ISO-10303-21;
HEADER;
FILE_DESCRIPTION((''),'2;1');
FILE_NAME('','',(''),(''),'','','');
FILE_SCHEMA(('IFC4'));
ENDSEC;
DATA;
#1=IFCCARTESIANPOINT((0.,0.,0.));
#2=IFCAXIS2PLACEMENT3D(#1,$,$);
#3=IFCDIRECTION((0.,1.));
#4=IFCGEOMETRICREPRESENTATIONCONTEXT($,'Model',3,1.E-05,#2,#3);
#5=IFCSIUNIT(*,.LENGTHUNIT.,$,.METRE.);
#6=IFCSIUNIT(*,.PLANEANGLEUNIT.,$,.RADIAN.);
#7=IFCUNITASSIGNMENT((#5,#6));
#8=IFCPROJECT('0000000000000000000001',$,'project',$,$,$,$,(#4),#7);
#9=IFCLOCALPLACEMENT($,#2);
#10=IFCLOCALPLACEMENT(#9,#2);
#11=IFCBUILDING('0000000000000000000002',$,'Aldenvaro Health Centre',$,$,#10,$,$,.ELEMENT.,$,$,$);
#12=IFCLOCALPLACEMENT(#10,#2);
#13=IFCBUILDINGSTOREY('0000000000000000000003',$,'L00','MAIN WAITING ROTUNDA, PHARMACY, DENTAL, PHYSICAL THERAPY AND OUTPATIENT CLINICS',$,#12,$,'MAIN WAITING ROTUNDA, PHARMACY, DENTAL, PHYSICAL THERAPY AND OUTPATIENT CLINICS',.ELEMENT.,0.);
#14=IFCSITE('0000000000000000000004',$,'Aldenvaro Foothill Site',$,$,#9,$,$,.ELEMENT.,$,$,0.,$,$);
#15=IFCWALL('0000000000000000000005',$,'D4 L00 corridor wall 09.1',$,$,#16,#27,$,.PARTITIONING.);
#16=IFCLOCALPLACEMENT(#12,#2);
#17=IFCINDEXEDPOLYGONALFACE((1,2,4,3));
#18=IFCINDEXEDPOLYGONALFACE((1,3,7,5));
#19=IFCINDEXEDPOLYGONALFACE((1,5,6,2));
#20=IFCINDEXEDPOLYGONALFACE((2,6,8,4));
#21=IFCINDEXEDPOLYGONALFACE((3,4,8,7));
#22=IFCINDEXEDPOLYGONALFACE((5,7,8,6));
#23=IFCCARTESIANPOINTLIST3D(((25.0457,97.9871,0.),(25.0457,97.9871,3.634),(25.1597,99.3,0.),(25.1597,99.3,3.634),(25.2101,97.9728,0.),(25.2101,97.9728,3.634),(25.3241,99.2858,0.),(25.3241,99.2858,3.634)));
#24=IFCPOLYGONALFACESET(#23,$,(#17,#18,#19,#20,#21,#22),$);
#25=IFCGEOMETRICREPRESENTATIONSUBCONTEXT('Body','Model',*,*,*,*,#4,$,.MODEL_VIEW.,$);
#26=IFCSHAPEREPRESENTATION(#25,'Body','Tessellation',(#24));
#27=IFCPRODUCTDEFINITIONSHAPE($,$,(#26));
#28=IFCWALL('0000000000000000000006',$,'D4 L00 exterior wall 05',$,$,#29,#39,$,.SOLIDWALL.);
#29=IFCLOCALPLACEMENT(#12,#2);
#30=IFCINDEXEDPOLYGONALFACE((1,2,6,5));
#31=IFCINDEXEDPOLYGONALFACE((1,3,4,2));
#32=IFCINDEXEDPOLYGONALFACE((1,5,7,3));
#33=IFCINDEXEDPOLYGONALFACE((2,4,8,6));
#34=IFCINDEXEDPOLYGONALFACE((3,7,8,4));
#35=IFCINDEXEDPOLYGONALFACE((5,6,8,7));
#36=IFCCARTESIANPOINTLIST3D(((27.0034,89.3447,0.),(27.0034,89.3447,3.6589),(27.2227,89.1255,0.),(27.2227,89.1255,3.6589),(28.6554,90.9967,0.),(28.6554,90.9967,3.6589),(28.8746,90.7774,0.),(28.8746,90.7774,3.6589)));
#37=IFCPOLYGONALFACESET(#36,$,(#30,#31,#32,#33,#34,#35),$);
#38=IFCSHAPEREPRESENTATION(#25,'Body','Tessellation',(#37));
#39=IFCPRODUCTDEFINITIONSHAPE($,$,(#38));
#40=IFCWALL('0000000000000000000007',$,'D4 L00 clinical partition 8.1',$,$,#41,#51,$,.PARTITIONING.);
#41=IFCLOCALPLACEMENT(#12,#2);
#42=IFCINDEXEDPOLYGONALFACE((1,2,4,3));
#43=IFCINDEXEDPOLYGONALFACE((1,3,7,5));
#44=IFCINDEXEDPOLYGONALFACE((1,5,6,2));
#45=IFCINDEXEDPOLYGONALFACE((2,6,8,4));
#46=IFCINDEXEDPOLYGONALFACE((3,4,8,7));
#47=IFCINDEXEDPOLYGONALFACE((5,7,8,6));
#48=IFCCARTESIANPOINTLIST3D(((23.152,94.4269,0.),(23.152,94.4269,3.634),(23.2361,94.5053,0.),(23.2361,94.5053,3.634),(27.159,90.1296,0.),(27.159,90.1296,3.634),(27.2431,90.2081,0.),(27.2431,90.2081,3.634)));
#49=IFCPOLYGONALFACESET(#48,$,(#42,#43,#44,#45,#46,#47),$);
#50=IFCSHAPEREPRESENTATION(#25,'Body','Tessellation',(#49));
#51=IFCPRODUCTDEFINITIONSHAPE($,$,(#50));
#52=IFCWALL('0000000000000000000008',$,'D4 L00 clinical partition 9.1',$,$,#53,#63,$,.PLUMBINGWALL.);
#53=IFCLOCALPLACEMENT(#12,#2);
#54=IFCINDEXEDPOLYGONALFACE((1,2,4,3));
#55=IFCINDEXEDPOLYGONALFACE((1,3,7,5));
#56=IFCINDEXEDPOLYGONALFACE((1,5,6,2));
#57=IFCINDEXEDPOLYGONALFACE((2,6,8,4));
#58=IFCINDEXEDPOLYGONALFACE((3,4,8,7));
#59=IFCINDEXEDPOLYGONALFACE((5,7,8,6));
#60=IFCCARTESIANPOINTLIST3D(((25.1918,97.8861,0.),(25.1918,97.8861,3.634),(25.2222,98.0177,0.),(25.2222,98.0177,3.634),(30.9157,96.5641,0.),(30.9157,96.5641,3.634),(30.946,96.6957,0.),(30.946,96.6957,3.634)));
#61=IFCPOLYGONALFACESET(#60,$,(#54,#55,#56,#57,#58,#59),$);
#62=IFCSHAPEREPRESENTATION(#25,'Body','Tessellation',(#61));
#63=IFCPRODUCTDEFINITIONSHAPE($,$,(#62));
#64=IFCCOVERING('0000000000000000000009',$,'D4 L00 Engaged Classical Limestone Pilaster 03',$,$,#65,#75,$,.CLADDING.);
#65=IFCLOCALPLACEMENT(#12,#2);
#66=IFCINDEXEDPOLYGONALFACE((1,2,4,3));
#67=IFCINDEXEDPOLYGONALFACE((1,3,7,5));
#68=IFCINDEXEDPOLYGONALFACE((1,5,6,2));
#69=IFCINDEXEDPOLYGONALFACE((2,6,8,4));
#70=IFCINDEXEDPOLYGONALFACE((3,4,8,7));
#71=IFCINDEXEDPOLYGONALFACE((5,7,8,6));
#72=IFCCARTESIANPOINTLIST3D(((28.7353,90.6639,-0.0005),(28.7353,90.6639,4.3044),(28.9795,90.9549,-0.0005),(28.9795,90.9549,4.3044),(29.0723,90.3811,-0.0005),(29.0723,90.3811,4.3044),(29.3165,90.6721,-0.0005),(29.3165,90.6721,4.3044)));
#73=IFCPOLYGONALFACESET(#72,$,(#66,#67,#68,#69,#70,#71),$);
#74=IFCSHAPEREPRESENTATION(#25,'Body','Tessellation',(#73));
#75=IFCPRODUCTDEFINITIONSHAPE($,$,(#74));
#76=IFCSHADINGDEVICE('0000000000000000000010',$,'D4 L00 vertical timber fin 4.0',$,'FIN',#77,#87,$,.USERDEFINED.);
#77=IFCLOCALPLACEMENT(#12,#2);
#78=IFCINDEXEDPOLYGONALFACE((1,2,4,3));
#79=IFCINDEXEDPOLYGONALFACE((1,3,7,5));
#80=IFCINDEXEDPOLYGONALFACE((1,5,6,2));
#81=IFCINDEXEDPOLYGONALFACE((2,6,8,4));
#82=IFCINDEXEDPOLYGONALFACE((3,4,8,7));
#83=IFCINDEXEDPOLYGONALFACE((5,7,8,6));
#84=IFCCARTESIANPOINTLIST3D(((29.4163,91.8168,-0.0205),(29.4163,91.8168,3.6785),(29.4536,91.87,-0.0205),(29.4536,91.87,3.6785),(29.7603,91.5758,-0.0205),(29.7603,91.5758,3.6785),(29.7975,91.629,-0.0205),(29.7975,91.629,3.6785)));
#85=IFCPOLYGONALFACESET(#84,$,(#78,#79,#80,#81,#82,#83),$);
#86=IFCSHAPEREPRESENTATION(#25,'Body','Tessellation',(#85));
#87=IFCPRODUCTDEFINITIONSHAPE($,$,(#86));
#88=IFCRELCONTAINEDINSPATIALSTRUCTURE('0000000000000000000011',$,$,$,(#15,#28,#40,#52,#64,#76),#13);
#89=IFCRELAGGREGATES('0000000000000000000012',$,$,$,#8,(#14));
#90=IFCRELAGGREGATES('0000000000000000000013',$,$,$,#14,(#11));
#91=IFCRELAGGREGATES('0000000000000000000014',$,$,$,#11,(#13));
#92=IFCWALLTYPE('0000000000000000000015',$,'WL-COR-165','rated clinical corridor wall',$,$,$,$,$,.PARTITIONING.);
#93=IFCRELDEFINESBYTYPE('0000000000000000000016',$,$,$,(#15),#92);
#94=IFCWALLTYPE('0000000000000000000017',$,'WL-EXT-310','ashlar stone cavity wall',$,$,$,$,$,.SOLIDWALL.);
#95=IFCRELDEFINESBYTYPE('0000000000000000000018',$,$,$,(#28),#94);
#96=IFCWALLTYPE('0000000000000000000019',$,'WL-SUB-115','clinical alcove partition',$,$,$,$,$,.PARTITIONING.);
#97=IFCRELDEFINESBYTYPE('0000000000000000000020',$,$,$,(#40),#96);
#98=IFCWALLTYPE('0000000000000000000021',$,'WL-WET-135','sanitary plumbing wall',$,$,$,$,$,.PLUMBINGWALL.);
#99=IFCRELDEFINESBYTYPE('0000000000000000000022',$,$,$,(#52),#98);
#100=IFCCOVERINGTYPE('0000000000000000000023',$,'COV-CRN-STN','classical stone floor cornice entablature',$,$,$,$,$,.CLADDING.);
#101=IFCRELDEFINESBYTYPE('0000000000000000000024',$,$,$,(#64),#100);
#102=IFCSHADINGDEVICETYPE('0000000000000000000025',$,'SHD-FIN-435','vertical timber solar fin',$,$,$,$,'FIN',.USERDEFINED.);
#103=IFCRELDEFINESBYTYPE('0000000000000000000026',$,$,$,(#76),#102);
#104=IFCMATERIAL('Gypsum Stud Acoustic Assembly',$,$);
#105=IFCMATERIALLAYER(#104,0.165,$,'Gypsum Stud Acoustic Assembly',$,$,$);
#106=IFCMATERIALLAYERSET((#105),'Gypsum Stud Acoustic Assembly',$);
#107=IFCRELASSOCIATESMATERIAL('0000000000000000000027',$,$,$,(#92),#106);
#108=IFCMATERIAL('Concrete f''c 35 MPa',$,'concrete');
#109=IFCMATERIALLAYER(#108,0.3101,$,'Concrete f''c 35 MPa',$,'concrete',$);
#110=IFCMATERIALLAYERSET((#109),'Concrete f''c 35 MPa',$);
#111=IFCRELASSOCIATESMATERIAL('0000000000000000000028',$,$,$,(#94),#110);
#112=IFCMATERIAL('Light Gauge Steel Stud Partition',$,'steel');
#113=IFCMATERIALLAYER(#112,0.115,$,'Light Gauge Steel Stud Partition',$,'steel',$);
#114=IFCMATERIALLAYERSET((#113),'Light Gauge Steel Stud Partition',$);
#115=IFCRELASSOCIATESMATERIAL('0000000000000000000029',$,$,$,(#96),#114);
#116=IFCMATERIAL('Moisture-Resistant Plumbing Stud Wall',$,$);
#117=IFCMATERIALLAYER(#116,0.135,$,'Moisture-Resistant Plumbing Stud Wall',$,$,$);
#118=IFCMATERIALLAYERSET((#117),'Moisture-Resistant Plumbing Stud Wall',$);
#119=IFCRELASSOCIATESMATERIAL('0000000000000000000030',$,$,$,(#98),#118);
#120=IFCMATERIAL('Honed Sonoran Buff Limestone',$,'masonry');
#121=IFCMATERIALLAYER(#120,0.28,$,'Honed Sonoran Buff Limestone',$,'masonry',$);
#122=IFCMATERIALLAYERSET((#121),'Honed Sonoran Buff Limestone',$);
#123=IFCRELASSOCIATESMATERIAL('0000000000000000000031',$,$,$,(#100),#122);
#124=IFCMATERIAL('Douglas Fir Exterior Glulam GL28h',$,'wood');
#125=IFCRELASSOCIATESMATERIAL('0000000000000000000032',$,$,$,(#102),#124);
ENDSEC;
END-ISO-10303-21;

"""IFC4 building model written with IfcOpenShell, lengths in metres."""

from ifc_helpers import new_model, si_unit, direction, frame, frame_2d, origin, origin_2d, place, context, subcontext, project, spatial, rectangle, extrude, material, layer, layer_set, type_object, element, save


model = new_model("IFC4")

# Units and contexts
model_context = context("Model", 3, precision=1e-05, world=origin(), true_north=direction((0.0, 1.0)))
body_context = subcontext(model_context, "Body", "Model", "MODEL_VIEW")
ifc_project = project(units=[si_unit("LENGTHUNIT", "METRE"), si_unit("PLANEANGLEUNIT", "RADIAN")], contexts=[model_context])

# Site, building, storey
site_placement = place(None, origin())
site = spatial("IfcSite", under=ifc_project, at=site_placement, Name="Aldenvaro Foothill Site", CompositionType="ELEMENT", RefElevation=0.0)
building_placement = place(site_placement, origin())
building = spatial("IfcBuilding", under=site, at=building_placement, Name="Aldenvaro Health Centre", CompositionType="ELEMENT")
storey_placement = place(building_placement, origin())
storey = spatial("IfcBuildingStorey", under=building, at=storey_placement, Name="L00", Description="MAIN WAITING ROTUNDA, PHARMACY, DENTAL, PHYSICAL THERAPY AND OUTPATIENT CLINICS", LongName="MAIN WAITING ROTUNDA, PHARMACY, DENTAL, PHYSICAL THERAPY AND OUTPATIENT CLINICS", CompositionType="ELEMENT", Elevation=0.0)

# Shared definitions
ifc_material_1 = material(Name="Gypsum Stud Acoustic Assembly")
ifc_layer_1 = layer(ifc_material_1, 0.165, Name="Gypsum Stud Acoustic Assembly")
ifc_layer_set_1 = layer_set([ifc_layer_1], Name="Gypsum Stud Acoustic Assembly")
wall_type_1 = type_object("IfcWallType", Name="WL-COR-165", Description="rated clinical corridor wall", PredefinedType="PARTITIONING", material=ifc_layer_set_1)

# Walls
wall_1_placement = place(storey_placement, frame((25.1279, 97.98, 0.0), z_axis=(0.0, 0.0, 1.0), x_axis=(0.08651, 0.996251, 0.0)))
element("IfcWall", 1, at=wall_1_placement, inside=storey, type_object=wall_type_1, Name="D4 L00 corridor wall 09.1", PredefinedType="PARTITIONING", context=body_context, shape_type="SweptSolid", body=[
    extrude(rectangle(XDim=1.3179, YDim=0.165, at=frame_2d((0.6589, 0.0))), origin(), (0.0, 0.0, 1.0), 3.634),
])
ifc_material_2 = material(Name="Concrete f'c 35 MPa", Category="concrete")
ifc_layer_2 = layer(ifc_material_2, 0.3101, Name="Concrete f'c 35 MPa", Category="concrete")
ifc_layer_set_2 = layer_set([ifc_layer_2], Name="Concrete f'c 35 MPa")
wall_type_2 = type_object("IfcWallType", Name="WL-EXT-310", Description="ashlar stone cavity wall", PredefinedType="SOLIDWALL", material=ifc_layer_set_2)
wall_2_placement = place(storey_placement, frame((28.7649, 90.887, 0.0), z_axis=(0.0, 0.0, 1.0), x_axis=(-0.707107, -0.707107, 0.0)))
element("IfcWall", 2, at=wall_2_placement, inside=storey, type_object=wall_type_2, Name="D4 L00 exterior wall 05", PredefinedType="SOLIDWALL", context=body_context, shape_type="SweptSolid", body=[
    extrude(rectangle(XDim=2.3362, YDim=0.3101, at=frame_2d((1.168, 0.0))), origin(), (0.0, 0.0, 1.0), 3.6589),
])
ifc_material_3 = material(Name="Light Gauge Steel Stud Partition", Category="steel")
ifc_layer_3 = layer(ifc_material_3, 0.115, Name="Light Gauge Steel Stud Partition", Category="steel")
ifc_layer_set_3 = layer_set([ifc_layer_3], Name="Light Gauge Steel Stud Partition")
wall_type_3 = type_object("IfcWallType", Name="WL-SUB-115", Description="clinical alcove partition", PredefinedType="PARTITIONING", material=ifc_layer_set_3)
wall_3_placement = place(storey_placement, frame((23.1941, 94.4661, 0.0), z_axis=(0.0, 0.0, 1.0), x_axis=(0.681972, -0.731379, 0.0)))
element("IfcWall", 3, at=wall_3_placement, inside=storey, type_object=wall_type_3, Name="D4 L00 clinical partition 8.1", PredefinedType="PARTITIONING", context=body_context, shape_type="SweptSolid", body=[
    extrude(rectangle(XDim=5.8755, YDim=0.115, at=frame_2d((2.9377, 0.0))), origin(), (0.0, 0.0, 1.0), 3.634),
])
ifc_material_4 = material(Name="Moisture-Resistant Plumbing Stud Wall")
ifc_layer_4 = layer(ifc_material_4, 0.135, Name="Moisture-Resistant Plumbing Stud Wall")
ifc_layer_set_4 = layer_set([ifc_layer_4], Name="Moisture-Resistant Plumbing Stud Wall")
wall_type_4 = type_object("IfcWallType", Name="WL-WET-135", Description="sanitary plumbing wall", PredefinedType="PLUMBINGWALL", material=ifc_layer_set_4)
wall_4_placement = place(storey_placement, frame((25.207, 97.9519, 0.0), z_axis=(0.0, 0.0, 1.0), x_axis=(0.974349, -0.225042, 0.0)))
element("IfcWall", 4, at=wall_4_placement, inside=storey, type_object=wall_type_4, Name="D4 L00 clinical partition 9.1", PredefinedType="PLUMBINGWALL", context=body_context, shape_type="SweptSolid", body=[
    extrude(rectangle(XDim=5.8745, YDim=0.135, at=frame_2d((2.9373, 0.0))), origin(), (0.0, 0.0, 1.0), 3.634),
])

# Covering
ifc_material_5 = material(Name="Honed Sonoran Buff Limestone", Category="masonry")
ifc_layer_5 = layer(ifc_material_5, 0.28, Name="Honed Sonoran Buff Limestone", Category="masonry")
ifc_layer_set_5 = layer_set([ifc_layer_5], Name="Honed Sonoran Buff Limestone")
covering_type = type_object("IfcCoveringType", Name="COV-CRN-STN", Description="classical stone floor cornice entablature", PredefinedType="CLADDING", material=ifc_layer_set_5)
covering_placement = place(storey_placement, frame((29.0259, 90.668, -0.0005), z_axis=(0.0, 0.0, 1.0), x_axis=(0.766058, -0.642772, 0.0)))
element("IfcCovering", 5, at=covering_placement, inside=storey, type_object=covering_type, Name="D4 L00 Engaged Classical Limestone Pilaster 03", PredefinedType="CLADDING", context=body_context, shape_type="SweptSolid", body=[
    extrude(rectangle(XDim=0.4399, YDim=0.3799, at=origin_2d()), origin(), (0.0, 0.0, 1.0), 4.3049),
])

# Shading device
ifc_material_6 = material(Name="Douglas Fir Exterior Glulam GL28h", Category="wood")
shading_device_type = type_object("IfcShadingDeviceType", Name="SHD-FIN-435", Description="vertical timber solar fin", ElementType="FIN", PredefinedType="USERDEFINED", material=ifc_material_6)
shading_device_placement = place(storey_placement, frame((29.6069, 91.7229, -0.0205), z_axis=(0.0, 0.0, 1.0), x_axis=(-0.573721, -0.819051, 0.0)))
element("IfcShadingDevice", 6, at=shading_device_placement, inside=storey, type_object=shading_device_type, Name="D4 L00 vertical timber fin 4.0", ObjectType="FIN", PredefinedType="USERDEFINED", context=body_context, shape_type="SweptSolid", body=[
    extrude(rectangle(XDim=0.0649, YDim=0.4199, at=origin_2d()), origin(), (0.0, 0.0, 1.0), 3.699),
])

save(model, "model.ifc")
